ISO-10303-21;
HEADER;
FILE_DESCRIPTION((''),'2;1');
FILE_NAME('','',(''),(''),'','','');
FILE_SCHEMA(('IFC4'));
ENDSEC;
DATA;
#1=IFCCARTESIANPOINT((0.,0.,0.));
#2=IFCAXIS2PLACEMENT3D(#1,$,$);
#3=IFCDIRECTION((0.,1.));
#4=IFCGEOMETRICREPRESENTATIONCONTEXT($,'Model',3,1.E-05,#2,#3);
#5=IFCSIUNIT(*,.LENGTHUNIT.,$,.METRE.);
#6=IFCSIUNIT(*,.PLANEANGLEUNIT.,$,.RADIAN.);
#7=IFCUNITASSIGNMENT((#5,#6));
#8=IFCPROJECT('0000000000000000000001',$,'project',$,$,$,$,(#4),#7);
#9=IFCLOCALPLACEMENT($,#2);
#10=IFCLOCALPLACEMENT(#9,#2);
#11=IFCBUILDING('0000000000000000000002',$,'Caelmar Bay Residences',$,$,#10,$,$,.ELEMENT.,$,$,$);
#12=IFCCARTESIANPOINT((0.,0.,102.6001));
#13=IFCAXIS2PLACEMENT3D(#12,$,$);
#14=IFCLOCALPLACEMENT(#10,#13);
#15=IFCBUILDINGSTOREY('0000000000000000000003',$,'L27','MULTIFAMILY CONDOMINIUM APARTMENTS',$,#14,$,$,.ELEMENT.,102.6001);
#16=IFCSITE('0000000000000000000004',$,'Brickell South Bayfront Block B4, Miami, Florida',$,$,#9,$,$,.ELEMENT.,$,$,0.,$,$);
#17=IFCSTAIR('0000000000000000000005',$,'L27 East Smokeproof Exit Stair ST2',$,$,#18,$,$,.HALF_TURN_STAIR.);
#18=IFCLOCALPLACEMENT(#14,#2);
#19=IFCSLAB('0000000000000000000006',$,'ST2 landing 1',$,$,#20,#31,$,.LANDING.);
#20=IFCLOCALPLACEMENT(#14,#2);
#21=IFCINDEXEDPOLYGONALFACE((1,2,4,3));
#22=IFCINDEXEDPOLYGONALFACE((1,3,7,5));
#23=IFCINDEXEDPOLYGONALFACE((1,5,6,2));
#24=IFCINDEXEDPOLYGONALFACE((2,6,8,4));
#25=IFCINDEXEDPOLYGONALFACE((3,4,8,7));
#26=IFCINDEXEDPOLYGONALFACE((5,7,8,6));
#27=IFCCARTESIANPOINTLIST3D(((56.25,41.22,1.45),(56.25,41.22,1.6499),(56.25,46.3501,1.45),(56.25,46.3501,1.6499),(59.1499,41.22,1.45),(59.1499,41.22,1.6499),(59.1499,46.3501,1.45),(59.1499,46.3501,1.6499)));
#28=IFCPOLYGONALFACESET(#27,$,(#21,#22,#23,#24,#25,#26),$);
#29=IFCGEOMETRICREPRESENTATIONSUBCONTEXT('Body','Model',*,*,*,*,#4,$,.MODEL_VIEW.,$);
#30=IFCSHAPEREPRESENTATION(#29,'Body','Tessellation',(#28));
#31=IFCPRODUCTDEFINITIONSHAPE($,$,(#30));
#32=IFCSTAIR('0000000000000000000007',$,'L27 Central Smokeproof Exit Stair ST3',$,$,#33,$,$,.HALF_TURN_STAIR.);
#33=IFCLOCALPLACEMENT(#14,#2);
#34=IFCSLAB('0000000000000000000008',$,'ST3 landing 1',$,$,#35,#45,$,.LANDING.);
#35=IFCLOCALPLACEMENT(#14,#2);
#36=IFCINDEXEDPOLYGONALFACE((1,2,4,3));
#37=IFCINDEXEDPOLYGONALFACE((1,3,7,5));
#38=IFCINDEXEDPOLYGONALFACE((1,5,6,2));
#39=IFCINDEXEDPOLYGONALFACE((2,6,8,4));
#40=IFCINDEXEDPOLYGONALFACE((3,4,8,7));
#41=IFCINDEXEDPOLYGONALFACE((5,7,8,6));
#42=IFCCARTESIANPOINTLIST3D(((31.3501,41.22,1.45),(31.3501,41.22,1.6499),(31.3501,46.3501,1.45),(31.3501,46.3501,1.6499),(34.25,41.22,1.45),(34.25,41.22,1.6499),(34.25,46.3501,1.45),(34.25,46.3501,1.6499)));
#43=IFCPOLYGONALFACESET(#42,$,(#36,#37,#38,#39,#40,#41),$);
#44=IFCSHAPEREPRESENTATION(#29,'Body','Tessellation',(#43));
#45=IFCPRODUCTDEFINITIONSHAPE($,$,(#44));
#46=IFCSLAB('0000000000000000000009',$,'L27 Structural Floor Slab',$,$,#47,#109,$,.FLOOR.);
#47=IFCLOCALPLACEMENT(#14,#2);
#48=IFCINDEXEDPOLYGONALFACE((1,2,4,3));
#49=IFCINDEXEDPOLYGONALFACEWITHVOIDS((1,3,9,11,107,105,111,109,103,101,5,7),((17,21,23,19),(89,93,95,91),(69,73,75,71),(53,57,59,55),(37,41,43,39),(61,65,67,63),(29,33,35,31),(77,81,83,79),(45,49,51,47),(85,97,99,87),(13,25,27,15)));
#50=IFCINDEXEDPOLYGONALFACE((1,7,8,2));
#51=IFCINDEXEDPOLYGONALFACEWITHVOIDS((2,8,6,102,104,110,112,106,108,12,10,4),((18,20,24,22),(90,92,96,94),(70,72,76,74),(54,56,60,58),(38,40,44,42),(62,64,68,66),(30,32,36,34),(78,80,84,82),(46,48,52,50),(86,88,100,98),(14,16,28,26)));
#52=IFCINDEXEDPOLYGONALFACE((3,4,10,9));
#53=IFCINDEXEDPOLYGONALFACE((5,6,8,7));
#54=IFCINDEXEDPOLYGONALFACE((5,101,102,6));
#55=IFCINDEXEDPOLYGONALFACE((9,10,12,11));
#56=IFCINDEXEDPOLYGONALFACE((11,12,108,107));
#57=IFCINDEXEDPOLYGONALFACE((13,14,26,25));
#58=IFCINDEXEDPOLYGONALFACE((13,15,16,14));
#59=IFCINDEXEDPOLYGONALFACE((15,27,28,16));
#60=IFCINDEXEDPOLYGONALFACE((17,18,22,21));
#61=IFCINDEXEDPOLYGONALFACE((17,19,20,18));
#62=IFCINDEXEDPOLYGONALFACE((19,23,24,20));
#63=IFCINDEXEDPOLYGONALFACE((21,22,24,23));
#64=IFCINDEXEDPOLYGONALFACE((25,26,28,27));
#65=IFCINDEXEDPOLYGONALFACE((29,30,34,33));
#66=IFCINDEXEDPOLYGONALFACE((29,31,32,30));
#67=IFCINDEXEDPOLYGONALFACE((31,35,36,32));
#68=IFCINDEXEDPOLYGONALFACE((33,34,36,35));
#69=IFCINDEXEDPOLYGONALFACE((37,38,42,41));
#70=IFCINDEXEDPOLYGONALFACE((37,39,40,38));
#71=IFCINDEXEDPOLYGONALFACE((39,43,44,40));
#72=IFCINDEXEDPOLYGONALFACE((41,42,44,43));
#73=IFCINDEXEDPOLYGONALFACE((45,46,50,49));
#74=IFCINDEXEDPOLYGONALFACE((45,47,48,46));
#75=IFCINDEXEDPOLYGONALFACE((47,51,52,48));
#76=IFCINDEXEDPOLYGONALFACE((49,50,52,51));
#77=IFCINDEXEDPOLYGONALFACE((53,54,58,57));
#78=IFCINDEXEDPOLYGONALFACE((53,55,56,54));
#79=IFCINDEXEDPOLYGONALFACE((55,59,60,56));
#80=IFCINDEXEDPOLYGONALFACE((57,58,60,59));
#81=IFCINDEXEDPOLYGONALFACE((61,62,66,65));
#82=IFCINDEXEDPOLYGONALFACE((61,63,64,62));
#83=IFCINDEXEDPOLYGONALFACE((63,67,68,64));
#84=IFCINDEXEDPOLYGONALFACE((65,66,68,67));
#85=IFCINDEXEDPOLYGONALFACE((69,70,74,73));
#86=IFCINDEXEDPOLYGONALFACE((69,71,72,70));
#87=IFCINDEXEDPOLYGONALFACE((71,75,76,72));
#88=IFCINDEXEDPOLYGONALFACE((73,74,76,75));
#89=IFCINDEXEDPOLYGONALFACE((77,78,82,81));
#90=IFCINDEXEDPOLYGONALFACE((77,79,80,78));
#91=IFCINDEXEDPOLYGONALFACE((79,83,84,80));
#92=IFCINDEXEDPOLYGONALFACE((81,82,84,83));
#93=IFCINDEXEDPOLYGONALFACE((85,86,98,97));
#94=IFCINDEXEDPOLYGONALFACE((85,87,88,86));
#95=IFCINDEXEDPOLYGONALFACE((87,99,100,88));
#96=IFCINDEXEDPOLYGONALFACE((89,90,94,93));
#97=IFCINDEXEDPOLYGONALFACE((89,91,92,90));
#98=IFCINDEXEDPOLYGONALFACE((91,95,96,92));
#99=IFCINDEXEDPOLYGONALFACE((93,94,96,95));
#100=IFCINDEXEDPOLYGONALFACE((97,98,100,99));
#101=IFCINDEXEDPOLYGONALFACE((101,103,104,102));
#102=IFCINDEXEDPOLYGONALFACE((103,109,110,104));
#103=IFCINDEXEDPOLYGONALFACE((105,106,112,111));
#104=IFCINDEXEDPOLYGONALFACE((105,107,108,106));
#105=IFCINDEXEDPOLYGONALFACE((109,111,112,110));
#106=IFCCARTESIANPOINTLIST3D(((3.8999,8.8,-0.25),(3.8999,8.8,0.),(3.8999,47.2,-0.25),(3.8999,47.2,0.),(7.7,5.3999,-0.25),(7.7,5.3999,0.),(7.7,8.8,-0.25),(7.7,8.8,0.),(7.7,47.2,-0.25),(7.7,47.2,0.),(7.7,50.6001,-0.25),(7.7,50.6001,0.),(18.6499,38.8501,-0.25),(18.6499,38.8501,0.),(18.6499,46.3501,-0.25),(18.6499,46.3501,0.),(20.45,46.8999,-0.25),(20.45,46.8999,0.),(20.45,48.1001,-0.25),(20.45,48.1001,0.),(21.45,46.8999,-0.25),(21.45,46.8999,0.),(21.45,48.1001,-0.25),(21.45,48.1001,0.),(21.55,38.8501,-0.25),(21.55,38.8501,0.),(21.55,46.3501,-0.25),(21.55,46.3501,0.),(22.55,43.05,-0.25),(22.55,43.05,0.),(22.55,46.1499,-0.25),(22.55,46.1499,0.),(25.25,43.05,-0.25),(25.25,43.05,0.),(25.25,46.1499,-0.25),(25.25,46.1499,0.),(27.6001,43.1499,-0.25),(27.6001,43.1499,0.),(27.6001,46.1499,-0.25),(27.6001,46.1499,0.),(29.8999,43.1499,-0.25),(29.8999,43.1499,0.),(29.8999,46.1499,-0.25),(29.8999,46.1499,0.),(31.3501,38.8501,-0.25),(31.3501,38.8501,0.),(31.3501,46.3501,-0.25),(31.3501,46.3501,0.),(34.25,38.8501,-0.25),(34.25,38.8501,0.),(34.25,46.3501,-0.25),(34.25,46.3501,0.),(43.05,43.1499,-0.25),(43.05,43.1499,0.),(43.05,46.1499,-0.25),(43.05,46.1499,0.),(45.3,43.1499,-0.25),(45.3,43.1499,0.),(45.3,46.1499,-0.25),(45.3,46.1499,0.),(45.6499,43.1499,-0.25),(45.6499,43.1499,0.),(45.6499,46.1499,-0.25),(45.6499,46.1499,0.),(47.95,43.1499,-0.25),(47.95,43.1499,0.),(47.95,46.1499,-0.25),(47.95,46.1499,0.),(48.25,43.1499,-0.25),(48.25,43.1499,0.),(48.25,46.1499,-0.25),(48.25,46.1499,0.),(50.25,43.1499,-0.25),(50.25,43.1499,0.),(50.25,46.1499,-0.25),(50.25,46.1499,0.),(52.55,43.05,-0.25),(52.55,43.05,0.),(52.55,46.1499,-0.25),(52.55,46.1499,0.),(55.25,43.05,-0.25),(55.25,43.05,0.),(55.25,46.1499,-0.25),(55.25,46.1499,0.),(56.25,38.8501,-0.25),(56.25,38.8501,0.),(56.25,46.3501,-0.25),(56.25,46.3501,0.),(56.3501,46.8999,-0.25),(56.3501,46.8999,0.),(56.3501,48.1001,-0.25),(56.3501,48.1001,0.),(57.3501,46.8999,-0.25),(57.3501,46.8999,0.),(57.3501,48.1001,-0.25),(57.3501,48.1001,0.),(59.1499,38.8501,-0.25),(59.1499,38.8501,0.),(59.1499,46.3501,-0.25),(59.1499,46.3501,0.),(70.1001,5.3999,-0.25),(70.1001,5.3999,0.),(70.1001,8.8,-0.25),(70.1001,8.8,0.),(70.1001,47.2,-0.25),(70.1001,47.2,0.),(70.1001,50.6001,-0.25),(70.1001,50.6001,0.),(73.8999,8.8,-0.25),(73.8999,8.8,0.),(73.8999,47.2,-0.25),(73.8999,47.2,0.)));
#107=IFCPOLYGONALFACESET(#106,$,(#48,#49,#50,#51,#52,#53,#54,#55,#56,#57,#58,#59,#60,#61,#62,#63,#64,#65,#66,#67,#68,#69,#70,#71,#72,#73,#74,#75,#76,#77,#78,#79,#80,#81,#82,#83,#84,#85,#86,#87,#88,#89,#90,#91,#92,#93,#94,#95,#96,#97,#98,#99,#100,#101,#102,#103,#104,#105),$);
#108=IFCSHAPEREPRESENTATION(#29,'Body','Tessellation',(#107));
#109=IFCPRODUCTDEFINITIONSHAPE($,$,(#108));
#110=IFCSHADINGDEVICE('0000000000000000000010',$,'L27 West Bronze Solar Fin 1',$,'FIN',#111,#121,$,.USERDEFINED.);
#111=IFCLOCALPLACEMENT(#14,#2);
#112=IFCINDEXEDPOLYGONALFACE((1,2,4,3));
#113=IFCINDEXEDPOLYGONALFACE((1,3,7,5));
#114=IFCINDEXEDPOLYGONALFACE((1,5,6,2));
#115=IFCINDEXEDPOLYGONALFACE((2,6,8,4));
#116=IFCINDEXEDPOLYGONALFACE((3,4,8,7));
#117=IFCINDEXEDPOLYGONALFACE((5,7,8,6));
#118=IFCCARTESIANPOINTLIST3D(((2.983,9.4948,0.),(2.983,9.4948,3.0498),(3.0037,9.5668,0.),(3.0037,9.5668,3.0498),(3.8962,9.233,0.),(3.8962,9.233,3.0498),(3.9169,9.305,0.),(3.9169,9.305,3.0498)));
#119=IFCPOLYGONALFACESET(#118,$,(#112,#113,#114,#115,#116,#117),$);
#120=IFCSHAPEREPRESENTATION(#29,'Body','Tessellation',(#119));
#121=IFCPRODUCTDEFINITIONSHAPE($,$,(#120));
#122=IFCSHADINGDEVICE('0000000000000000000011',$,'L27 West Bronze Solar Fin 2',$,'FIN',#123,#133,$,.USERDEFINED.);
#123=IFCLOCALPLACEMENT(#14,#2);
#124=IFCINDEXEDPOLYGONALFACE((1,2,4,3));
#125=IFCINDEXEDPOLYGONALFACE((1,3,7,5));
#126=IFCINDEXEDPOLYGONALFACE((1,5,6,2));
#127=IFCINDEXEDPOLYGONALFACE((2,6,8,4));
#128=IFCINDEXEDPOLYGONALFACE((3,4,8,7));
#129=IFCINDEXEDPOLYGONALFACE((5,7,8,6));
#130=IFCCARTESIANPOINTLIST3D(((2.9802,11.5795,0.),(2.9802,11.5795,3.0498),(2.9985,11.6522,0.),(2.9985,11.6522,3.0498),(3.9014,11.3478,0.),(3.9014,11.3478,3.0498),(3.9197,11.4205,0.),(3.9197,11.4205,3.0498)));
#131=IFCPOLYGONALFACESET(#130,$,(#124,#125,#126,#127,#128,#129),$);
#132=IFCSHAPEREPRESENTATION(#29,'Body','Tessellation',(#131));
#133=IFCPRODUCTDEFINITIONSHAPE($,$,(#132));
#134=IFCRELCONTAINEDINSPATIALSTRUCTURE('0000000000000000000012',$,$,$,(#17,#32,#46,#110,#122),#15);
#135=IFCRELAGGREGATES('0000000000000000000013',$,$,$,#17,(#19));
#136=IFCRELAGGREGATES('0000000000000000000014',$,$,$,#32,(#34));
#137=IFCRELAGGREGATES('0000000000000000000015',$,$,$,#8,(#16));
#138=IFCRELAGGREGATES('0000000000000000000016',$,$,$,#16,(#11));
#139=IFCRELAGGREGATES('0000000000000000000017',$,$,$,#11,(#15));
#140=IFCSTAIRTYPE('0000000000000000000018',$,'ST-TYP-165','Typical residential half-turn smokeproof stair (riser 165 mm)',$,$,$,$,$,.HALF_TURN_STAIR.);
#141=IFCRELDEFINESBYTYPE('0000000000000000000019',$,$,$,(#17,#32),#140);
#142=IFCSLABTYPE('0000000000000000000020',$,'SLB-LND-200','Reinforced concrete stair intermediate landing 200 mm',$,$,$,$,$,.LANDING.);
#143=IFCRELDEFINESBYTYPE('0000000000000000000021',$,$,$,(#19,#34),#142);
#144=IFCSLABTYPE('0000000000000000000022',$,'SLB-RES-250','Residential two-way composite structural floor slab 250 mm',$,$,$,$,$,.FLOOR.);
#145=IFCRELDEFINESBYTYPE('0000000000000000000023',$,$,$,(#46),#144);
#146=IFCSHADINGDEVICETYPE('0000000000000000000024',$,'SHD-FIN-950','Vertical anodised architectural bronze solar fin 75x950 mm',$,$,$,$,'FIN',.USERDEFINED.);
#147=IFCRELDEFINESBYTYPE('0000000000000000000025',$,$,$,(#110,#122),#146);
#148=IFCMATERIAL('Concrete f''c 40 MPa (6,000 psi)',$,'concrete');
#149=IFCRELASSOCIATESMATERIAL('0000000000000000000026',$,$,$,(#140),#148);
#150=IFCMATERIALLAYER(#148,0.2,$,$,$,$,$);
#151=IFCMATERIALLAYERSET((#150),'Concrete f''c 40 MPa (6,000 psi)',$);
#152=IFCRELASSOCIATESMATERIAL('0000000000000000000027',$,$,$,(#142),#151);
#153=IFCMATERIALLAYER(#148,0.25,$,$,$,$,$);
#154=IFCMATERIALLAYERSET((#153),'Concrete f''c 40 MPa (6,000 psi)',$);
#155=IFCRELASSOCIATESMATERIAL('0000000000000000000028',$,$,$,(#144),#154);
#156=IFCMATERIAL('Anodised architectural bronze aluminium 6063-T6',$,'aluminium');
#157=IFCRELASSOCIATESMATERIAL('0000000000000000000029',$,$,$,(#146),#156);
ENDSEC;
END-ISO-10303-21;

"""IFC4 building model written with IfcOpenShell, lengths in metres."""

from ifc_helpers import new_model, si_unit, direction, frame, origin, origin_2d, place, context, subcontext, project, spatial, polyline, rectangle, outline, extrude, material, layer, layer_set, material_profile, profile_set, type_object, element, aggregate, save


model = new_model("IFC4")

# Units and contexts
model_context = context("Model", 3, precision=1e-05, world=origin(), true_north=direction((0.0, 1.0)))
body_context = subcontext(model_context, "Body", "Model", "MODEL_VIEW")
ifc_project = project(units=[si_unit("LENGTHUNIT", "METRE"), si_unit("PLANEANGLEUNIT", "RADIAN")], contexts=[model_context])

# Site, building, storey
site_placement = place(None, origin())
site = spatial("IfcSite", under=ifc_project, at=site_placement, Name="Brickell South Bayfront Block B4, Miami, Florida", CompositionType="ELEMENT", RefElevation=0.0)
building_placement = place(site_placement, origin())
building = spatial("IfcBuilding", under=site, at=building_placement, Name="Caelmar Bay Residences", CompositionType="ELEMENT")
storey_placement = place(building_placement, frame((0.0, 0.0, 102.6001)))
storey = spatial("IfcBuildingStorey", under=building, at=storey_placement, Name="L27", Description="MULTIFAMILY CONDOMINIUM APARTMENTS", CompositionType="ELEMENT", Elevation=102.6001)

# Shared definitions
ifc_material_1 = material(Name="Concrete f'c 40 MPa (6,000 psi)", Category="concrete")

# Stairs, slabs
stair_type = type_object("IfcStairType", Name="ST-TYP-165", Description="Typical residential half-turn smokeproof stair (riser 165 mm)", PredefinedType="HALF_TURN_STAIR", material=ifc_material_1)
ifc_layer_1 = layer(ifc_material_1, 0.2)
ifc_layer_set_1 = layer_set([ifc_layer_1], Name="Concrete f'c 40 MPa (6,000 psi)")
slab_type_1 = type_object("IfcSlabType", Name="SLB-LND-200", Description="Reinforced concrete stair intermediate landing 200 mm", PredefinedType="LANDING", material=ifc_layer_set_1)
stair_1_placement = place(storey_placement, origin())
stair_1 = element("IfcStair", 1, at=stair_1_placement, inside=storey, type_object=stair_type, Name="L27 East Smokeproof Exit Stair ST2", PredefinedType="HALF_TURN_STAIR")
slab_1_placement = place(storey_placement, frame((0.0, 0.0, 1.45)))
slab_1 = element("IfcSlab", 2, at=slab_1_placement, type_object=slab_type_1, Name="ST2 landing 1", PredefinedType="LANDING", context=body_context, shape_type="SweptSolid", body=[
    extrude(outline(polyline([(59.1499, 41.22), (59.1499, 46.3501), (56.25, 46.3501), (56.25, 41.22), (59.1499, 41.22)])), origin(), (0.0, 0.0, 1.0), 0.2),
])
aggregate(stair_1, [slab_1])
stair_2_placement = place(storey_placement, origin())
stair_2 = element("IfcStair", 3, at=stair_2_placement, inside=storey, type_object=stair_type, Name="L27 Central Smokeproof Exit Stair ST3", PredefinedType="HALF_TURN_STAIR")
slab_2_placement = place(storey_placement, frame((0.0, 0.0, 1.45)))
slab_2 = element("IfcSlab", 4, at=slab_2_placement, type_object=slab_type_1, Name="ST3 landing 1", PredefinedType="LANDING", context=body_context, shape_type="SweptSolid", body=[
    extrude(outline(polyline([(34.25, 41.22), (34.25, 46.3501), (31.3501, 46.3501), (31.3501, 41.22), (34.25, 41.22)])), origin(), (0.0, 0.0, 1.0), 0.2),
])
aggregate(stair_2, [slab_2])

# Slab
ifc_layer_2 = layer(ifc_material_1, 0.25)
ifc_layer_set_2 = layer_set([ifc_layer_2], Name="Concrete f'c 40 MPa (6,000 psi)")
slab_type_2 = type_object("IfcSlabType", Name="SLB-RES-250", Description="Residential two-way composite structural floor slab 250 mm", PredefinedType="FLOOR", material=ifc_layer_set_2)
slab_3_placement = place(storey_placement, frame((0.0, 0.0, -0.25)))
element("IfcSlab", 5, at=slab_3_placement, inside=storey, type_object=slab_type_2, Name="L27 Structural Floor Slab", PredefinedType="FLOOR", context=body_context, shape_type="SweptSolid", body=[
    extrude(outline(polyline([(7.7, 5.3999), (70.1001, 5.3999), (70.1001, 8.8), (73.8999, 8.8), (73.8999, 47.2), (70.1001, 47.2), (70.1001, 50.6001), (7.7, 50.6001), (7.7, 47.2), (3.8999, 47.2), (3.8999, 8.8), (7.7, 8.8), (7.7, 5.3999)]), holes=[polyline([(18.6499, 38.8501), (21.55, 38.8501), (21.55, 46.3501), (18.6499, 46.3501), (18.6499, 38.8501)]), polyline([(56.25, 38.8501), (59.1499, 38.8501), (59.1499, 46.3501), (56.25, 46.3501), (56.25, 38.8501)]), polyline([(31.3501, 38.8501), (34.25, 38.8501), (34.25, 46.3501), (31.3501, 46.3501), (31.3501, 38.8501)]), polyline([(22.55, 43.05), (25.25, 43.05), (25.25, 46.1499), (22.55, 46.1499), (22.55, 43.05)]), polyline([(52.55, 43.05), (55.25, 43.05), (55.25, 46.1499), (52.55, 46.1499), (52.55, 43.05)]), polyline([(43.05, 43.1499), (45.3, 43.1499), (45.3, 46.1499), (43.05, 46.1499), (43.05, 43.1499)]), polyline([(45.6499, 43.1499), (47.95, 43.1499), (47.95, 46.1499), (45.6499, 46.1499), (45.6499, 43.1499)]), polyline([(48.25, 43.1499), (50.25, 43.1499), (50.25, 46.1499), (48.25, 46.1499), (48.25, 43.1499)]), polyline([(27.6001, 43.1499), (29.8999, 43.1499), (29.8999, 46.1499), (27.6001, 46.1499), (27.6001, 43.1499)]), polyline([(20.45, 46.8999), (21.45, 46.8999), (21.45, 48.1001), (20.45, 48.1001), (20.45, 46.8999)]), polyline([(56.3501, 46.8999), (57.3501, 46.8999), (57.3501, 48.1001), (56.3501, 48.1001), (56.3501, 46.8999)])]), origin(), (0.0, 0.0, 1.0), 0.25),
])

# Shading devices
ifc_material_2 = material(Name="Anodised architectural bronze aluminium 6063-T6", Category="aluminium")
ifc_material_profile_1 = material_profile(ifc_material_2, rectangle(XDim=0.075, YDim=0.95, at=origin_2d()), Name="BRONZE-FIN-75X950")
ifc_profile_set_1 = profile_set([ifc_material_profile_1], Name="Anodised architectural bronze aluminium 6063-T6")
shading_device_type = type_object("IfcShadingDeviceType", Name="SHD-FIN-950", Description="Vertical anodised architectural bronze solar fin 75x950 mm", ElementType="FIN", PredefinedType="USERDEFINED", material=ifc_profile_set_1)
for number, where, z_axis, x_axis, name in (
    (6, (3.45, 9.3999, 0.0), (0.0, 0.0, 1.0), (0.275637, 0.961262, 0.0), "L27 West Bronze Solar Fin 1"),
    (7, (3.45, 11.5, 0.0), (0.0, 0.0, 1.0), (0.243954, 0.969787, 0.0), "L27 West Bronze Solar Fin 2"),
):
    element("IfcShadingDevice", number, at=place(storey_placement, frame(where, z_axis=z_axis, x_axis=x_axis)), inside=storey, type_object=shading_device_type, Name=name, ObjectType="FIN", PredefinedType="USERDEFINED", context=body_context, shape_type="SweptSolid", body=[
        extrude(rectangle(XDim=0.075, YDim=0.95, at=origin_2d()), origin(), (0.0, 0.0, 1.0), 3.0498),
    ])

save(model, "model.ifc")
